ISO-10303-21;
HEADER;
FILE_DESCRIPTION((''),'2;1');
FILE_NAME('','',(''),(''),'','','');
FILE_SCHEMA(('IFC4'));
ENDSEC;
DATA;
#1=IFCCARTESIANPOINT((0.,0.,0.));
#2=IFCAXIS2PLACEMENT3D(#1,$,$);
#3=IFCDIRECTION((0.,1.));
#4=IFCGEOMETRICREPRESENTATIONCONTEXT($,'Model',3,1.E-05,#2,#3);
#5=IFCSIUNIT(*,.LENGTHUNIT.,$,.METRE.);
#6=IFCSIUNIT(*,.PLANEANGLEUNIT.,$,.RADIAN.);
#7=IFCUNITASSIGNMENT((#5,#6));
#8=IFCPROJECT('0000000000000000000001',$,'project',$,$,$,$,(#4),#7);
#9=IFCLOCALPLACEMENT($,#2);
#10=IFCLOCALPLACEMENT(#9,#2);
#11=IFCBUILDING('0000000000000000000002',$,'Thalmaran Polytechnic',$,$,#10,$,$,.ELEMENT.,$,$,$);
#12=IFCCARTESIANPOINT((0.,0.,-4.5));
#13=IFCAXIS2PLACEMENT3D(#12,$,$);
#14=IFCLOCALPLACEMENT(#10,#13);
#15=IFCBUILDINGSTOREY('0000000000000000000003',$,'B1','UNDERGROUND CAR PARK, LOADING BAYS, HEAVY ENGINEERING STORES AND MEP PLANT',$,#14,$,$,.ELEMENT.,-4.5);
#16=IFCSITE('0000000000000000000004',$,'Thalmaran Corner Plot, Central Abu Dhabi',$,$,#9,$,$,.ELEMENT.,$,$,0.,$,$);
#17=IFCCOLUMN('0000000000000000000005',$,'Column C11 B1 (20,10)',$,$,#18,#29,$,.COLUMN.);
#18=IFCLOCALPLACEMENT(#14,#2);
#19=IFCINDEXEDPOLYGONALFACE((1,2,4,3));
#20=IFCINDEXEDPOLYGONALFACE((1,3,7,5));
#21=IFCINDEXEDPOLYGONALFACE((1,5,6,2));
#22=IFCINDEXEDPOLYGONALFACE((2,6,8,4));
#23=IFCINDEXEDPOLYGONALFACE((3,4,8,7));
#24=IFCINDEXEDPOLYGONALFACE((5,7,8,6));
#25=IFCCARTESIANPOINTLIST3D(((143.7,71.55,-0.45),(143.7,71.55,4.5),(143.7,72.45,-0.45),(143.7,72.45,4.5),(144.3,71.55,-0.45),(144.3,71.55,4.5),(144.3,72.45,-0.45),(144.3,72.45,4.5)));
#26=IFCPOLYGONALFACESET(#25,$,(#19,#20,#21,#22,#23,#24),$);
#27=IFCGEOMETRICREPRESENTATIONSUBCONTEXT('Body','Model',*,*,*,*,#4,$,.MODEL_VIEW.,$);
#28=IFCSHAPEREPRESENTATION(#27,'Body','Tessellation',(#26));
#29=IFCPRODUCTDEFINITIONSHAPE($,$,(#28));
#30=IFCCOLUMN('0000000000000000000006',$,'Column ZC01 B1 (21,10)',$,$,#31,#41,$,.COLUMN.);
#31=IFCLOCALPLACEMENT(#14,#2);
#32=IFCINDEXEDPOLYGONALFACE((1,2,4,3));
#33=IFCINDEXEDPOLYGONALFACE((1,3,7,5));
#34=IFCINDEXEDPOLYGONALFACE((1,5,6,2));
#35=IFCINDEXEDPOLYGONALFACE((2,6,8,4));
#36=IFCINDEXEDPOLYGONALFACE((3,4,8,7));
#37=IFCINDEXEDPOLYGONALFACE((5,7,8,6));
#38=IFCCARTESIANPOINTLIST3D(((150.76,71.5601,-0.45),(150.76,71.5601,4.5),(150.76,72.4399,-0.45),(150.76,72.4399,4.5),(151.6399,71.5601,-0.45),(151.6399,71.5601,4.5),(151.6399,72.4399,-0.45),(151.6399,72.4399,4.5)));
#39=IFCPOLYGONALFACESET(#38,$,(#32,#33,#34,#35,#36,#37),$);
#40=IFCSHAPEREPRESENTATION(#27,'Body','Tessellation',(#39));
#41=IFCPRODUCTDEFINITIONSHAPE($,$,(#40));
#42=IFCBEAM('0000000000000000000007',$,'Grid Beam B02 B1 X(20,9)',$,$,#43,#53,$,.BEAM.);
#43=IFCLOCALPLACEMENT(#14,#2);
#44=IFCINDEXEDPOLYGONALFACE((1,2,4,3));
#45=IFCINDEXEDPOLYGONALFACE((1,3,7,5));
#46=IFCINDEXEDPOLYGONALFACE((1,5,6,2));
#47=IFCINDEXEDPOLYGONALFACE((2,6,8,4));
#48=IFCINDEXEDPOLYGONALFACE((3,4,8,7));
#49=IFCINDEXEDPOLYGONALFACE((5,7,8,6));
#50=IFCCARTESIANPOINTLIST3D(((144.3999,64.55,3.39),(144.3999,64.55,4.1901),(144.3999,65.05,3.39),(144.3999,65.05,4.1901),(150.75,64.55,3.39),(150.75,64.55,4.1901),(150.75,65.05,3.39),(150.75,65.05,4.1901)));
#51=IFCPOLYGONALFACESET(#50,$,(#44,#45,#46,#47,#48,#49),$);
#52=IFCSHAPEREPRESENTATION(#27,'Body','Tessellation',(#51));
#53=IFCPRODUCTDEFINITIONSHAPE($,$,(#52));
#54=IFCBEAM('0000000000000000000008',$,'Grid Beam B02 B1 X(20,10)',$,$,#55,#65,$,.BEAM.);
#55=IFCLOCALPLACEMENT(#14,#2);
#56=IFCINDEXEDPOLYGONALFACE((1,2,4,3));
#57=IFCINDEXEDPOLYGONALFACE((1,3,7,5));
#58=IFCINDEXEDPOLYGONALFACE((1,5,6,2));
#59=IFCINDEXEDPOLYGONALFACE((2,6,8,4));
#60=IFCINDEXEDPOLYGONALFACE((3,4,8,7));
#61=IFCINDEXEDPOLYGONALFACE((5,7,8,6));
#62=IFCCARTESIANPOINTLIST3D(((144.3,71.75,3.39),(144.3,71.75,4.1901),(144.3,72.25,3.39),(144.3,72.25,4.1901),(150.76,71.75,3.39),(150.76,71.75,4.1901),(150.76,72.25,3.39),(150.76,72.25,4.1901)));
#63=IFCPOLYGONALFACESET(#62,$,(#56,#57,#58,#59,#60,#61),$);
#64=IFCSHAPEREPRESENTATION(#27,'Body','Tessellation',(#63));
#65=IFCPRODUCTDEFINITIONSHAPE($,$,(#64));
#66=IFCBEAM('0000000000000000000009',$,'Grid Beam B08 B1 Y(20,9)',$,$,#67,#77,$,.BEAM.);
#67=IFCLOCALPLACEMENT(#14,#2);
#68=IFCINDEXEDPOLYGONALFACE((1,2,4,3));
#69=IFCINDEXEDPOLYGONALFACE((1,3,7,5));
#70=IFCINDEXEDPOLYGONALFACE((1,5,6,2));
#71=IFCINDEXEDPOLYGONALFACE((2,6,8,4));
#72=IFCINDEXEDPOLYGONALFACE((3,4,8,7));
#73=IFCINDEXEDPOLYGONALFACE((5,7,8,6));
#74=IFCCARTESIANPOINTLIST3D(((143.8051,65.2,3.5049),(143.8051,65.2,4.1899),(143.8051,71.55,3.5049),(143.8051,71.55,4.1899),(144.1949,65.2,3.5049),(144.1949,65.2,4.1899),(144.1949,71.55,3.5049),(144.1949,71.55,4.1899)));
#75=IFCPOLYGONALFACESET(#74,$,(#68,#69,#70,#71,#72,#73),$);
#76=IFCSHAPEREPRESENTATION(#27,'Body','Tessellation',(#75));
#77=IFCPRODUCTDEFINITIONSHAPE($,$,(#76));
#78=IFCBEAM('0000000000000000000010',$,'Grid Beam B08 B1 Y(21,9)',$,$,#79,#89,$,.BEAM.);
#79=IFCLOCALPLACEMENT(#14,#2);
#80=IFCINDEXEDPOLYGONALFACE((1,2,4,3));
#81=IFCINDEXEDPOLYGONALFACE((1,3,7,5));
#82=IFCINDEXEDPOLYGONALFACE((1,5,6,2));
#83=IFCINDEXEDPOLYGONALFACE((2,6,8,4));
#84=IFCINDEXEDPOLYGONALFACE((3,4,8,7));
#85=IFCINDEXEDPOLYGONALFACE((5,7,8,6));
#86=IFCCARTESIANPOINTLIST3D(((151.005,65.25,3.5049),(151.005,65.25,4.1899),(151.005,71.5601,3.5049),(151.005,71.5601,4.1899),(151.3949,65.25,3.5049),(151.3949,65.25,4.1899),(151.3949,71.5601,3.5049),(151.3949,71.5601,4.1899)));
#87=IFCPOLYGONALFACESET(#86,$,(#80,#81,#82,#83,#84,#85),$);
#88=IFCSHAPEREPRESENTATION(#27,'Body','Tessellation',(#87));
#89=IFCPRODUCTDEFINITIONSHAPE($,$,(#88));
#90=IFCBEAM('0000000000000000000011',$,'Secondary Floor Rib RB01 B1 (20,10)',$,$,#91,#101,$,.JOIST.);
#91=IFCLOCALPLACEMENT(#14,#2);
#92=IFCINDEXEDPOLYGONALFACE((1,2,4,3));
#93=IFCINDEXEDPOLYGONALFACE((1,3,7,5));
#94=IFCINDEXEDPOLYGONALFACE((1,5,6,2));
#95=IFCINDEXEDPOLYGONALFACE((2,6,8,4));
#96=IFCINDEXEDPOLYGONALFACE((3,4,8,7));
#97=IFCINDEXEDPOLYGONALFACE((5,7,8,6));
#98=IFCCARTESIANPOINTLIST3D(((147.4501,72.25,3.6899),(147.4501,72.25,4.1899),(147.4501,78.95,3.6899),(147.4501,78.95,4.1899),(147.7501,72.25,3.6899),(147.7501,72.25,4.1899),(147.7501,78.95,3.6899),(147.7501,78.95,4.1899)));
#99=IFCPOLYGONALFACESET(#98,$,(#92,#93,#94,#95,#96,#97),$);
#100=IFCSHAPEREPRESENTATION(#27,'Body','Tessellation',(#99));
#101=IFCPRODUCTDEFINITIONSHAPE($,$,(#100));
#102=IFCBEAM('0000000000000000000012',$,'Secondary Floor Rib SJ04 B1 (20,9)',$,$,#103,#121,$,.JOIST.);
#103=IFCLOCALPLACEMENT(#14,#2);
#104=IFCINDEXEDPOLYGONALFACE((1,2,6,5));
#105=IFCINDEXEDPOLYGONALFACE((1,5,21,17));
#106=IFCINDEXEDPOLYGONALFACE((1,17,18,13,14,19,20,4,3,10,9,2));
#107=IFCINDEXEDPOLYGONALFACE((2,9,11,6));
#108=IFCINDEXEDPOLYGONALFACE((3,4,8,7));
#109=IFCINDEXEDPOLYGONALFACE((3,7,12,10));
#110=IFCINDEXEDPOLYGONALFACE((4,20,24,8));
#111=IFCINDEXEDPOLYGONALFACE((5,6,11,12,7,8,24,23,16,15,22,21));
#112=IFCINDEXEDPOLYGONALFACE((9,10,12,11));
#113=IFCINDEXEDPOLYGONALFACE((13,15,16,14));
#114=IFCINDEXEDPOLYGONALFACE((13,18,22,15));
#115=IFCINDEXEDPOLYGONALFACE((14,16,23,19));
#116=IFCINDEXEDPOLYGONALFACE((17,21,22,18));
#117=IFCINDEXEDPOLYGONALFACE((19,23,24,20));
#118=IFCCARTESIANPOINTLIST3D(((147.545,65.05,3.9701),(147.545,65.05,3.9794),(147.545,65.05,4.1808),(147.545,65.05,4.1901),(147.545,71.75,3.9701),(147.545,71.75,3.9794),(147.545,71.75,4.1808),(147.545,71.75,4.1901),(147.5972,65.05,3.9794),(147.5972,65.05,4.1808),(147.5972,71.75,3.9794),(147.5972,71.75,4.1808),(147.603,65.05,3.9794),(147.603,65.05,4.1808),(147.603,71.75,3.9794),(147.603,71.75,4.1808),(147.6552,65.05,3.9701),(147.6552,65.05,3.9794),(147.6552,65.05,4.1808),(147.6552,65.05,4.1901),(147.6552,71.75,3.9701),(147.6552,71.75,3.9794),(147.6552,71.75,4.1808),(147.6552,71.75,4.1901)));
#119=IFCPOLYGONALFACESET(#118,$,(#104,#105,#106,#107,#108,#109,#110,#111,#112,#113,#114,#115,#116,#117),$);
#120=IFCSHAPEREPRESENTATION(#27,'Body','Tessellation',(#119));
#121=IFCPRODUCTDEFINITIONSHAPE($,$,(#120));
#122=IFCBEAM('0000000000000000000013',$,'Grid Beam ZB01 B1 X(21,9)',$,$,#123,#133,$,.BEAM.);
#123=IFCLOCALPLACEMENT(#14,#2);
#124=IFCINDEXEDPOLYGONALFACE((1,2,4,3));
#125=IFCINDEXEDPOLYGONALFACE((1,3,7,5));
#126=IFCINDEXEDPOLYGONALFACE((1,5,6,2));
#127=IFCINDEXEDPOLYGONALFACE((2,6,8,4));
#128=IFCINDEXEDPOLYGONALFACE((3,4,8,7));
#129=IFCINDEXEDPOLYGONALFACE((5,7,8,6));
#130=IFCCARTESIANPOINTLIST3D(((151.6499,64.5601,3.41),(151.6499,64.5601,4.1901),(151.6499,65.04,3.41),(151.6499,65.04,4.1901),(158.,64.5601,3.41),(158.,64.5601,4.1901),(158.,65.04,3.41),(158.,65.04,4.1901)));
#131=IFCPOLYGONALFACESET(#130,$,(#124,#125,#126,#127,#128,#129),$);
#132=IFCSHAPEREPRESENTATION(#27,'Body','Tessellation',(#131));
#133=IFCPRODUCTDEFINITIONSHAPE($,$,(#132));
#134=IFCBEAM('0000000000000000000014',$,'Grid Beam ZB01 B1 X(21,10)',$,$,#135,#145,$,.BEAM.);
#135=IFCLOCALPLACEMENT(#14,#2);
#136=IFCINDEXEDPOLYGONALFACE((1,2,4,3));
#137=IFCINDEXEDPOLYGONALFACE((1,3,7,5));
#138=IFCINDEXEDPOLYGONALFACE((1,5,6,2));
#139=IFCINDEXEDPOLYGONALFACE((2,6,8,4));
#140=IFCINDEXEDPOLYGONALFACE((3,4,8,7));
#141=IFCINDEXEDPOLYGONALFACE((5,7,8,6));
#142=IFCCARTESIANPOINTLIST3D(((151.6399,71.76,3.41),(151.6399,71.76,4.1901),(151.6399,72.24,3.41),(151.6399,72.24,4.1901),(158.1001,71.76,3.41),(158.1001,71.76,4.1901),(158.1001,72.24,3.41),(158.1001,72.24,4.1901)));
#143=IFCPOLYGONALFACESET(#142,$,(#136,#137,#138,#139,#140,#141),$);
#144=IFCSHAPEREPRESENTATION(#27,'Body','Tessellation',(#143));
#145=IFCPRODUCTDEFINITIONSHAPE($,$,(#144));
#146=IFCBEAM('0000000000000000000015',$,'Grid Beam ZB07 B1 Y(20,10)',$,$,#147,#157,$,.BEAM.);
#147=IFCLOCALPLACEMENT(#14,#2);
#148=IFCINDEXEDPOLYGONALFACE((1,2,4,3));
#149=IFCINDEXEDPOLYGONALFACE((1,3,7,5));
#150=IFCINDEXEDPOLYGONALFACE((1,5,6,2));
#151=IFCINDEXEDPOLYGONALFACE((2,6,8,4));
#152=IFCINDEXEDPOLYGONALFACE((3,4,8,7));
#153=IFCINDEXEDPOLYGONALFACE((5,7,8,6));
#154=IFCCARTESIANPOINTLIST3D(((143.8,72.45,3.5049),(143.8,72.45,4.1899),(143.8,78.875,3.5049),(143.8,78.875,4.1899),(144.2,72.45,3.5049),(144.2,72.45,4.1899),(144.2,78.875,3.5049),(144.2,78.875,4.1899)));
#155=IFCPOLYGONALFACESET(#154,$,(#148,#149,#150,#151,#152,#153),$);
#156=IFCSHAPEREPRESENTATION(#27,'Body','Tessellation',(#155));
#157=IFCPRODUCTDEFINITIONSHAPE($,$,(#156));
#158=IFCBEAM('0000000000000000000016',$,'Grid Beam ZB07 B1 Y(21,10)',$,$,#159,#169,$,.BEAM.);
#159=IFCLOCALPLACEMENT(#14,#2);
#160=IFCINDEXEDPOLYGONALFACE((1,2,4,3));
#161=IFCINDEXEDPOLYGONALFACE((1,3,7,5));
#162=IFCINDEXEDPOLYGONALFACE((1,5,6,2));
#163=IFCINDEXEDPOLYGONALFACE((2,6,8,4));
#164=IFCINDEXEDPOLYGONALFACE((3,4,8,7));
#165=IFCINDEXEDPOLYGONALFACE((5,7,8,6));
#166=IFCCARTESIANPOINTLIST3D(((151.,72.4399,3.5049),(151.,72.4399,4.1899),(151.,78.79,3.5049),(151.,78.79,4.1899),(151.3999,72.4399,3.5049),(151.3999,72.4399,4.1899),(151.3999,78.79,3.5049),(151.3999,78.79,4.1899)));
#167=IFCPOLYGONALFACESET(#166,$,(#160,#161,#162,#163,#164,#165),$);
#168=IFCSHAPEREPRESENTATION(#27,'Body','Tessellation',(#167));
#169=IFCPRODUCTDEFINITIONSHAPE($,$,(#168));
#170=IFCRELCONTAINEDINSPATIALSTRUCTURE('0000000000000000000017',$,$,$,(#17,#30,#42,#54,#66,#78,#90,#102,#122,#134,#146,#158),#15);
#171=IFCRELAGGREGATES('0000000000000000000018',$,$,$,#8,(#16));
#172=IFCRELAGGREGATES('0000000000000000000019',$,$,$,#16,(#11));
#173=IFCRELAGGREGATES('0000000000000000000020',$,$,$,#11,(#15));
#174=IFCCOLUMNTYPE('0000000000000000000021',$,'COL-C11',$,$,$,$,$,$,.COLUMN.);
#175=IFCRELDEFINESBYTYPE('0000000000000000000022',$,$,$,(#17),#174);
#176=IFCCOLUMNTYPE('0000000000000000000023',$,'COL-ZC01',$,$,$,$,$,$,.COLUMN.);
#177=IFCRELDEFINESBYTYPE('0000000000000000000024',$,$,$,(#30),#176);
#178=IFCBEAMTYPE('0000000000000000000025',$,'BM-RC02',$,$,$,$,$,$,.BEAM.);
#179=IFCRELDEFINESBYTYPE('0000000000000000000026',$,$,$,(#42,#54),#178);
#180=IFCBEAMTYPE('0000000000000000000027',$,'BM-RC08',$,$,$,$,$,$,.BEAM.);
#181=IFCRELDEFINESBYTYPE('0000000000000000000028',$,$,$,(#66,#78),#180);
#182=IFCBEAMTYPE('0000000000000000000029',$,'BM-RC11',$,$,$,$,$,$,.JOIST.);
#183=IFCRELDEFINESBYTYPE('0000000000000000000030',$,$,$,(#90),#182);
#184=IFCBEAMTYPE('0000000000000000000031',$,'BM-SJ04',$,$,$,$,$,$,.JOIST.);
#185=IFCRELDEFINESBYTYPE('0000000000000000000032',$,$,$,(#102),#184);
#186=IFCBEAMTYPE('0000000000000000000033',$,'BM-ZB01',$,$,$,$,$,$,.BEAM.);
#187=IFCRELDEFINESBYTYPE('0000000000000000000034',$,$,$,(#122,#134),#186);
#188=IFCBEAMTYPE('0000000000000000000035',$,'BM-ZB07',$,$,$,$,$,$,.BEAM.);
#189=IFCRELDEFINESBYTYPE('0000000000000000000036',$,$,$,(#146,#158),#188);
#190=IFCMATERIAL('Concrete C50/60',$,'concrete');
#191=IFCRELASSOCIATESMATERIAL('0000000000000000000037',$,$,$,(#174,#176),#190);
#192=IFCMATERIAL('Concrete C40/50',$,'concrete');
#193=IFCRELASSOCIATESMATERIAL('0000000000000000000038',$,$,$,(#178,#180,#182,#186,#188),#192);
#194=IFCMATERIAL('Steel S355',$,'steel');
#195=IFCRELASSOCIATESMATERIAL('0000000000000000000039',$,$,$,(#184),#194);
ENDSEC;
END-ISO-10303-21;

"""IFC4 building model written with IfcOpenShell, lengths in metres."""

from ifc_helpers import new_model, si_unit, direction, frame, origin, origin_2d, place, context, subcontext, project, spatial, rectangle, i_section, extrude, material, material_profile, profile_set, type_object, element, save


model = new_model("IFC4")

# Units and contexts
model_context = context("Model", 3, precision=1e-05, world=origin(), true_north=direction((0.0, 1.0)))
body_context = subcontext(model_context, "Body", "Model", "MODEL_VIEW")
ifc_project = project(units=[si_unit("LENGTHUNIT", "METRE"), si_unit("PLANEANGLEUNIT", "RADIAN")], contexts=[model_context])

# Site, building, storey
site_placement = place(None, origin())
site = spatial("IfcSite", under=ifc_project, at=site_placement, Name="Thalmaran Corner Plot, Central Abu Dhabi", CompositionType="ELEMENT", RefElevation=0.0)
building_placement = place(site_placement, origin())
building = spatial("IfcBuilding", under=site, at=building_placement, Name="Thalmaran Polytechnic", CompositionType="ELEMENT")
storey_placement = place(building_placement, frame((0.0, 0.0, -4.5)))
storey = spatial("IfcBuildingStorey", under=building, at=storey_placement, Name="B1", Description="UNDERGROUND CAR PARK, LOADING BAYS, HEAVY ENGINEERING STORES AND MEP PLANT", CompositionType="ELEMENT", Elevation=-4.5)

# Shared definitions
ifc_material_1 = material(Name="Concrete C40/50", Category="concrete")

# Columns
ifc_material_2 = material(Name="Concrete C50/60", Category="concrete")
ifc_material_profile_1 = material_profile(ifc_material_2, rectangle(XDim=0.6001, YDim=0.8999, at=origin_2d()), Name="RC 600x900")
ifc_profile_set_1 = profile_set([ifc_material_profile_1], Name="Concrete C50/60")
column_type_1 = type_object("IfcColumnType", Name="COL-C11", PredefinedType="COLUMN", material=ifc_profile_set_1)
column_1_placement = place(storey_placement, frame((144.0, 72.0, -0.45), z_axis=(0.0, 0.0, 1.0), x_axis=(1.0, 0.0, 0.0)))
element("IfcColumn", 1, at=column_1_placement, inside=storey, type_object=column_type_1, Name="Column C11 B1 (20,10)", PredefinedType="COLUMN", context=body_context, shape_type="SweptSolid", body=[
    extrude(rectangle(XDim=0.6001, YDim=0.8999, at=origin_2d()), origin(), (0.0, 0.0, 1.0), 4.95),
])
ifc_material_profile_2 = material_profile(ifc_material_2, rectangle(XDim=0.8799, YDim=0.8799, at=origin_2d()), Name="RC 880x880")
ifc_profile_set_2 = profile_set([ifc_material_profile_2], Name="Concrete C50/60")
column_type_2 = type_object("IfcColumnType", Name="COL-ZC01", PredefinedType="COLUMN", material=ifc_profile_set_2)
column_2_placement = place(storey_placement, frame((151.2, 72.0, -0.45), z_axis=(0.0, 0.0, 1.0), x_axis=(1.0, 0.0, 0.0)))
element("IfcColumn", 2, at=column_2_placement, inside=storey, type_object=column_type_2, Name="Column ZC01 B1 (21,10)", PredefinedType="COLUMN", context=body_context, shape_type="SweptSolid", body=[
    extrude(rectangle(XDim=0.8799, YDim=0.8799, at=origin_2d()), origin(), (0.0, 0.0, 1.0), 4.95),
])

# Beams
ifc_material_profile_3 = material_profile(ifc_material_1, rectangle(XDim=0.5, YDim=0.8, at=origin_2d()), Name="RC 500x800")
ifc_profile_set_3 = profile_set([ifc_material_profile_3], Name="Concrete C40/50")
beam_type_1 = type_object("IfcBeamType", Name="BM-RC02", PredefinedType="BEAM", material=ifc_profile_set_3)
beam_1_placement = place(storey_placement, frame((144.3999, 64.8, 3.79), z_axis=(1.0, 0.0, 0.0), x_axis=(0.0, 1.0, 0.0)))
element("IfcBeam", 3, at=beam_1_placement, inside=storey, type_object=beam_type_1, Name="Grid Beam B02 B1 X(20,9)", PredefinedType="BEAM", context=body_context, shape_type="SweptSolid", body=[
    extrude(rectangle(XDim=0.5, YDim=0.8, at=origin_2d()), origin(), (0.0, 0.0, 1.0), 6.3501),
])
beam_2_placement = place(storey_placement, frame((144.3, 72.0, 3.79), z_axis=(1.0, 0.0, 0.0), x_axis=(0.0, 1.0, 0.0)))
element("IfcBeam", 4, at=beam_2_placement, inside=storey, type_object=beam_type_1, Name="Grid Beam B02 B1 X(20,10)", PredefinedType="BEAM", context=body_context, shape_type="SweptSolid", body=[
    extrude(rectangle(XDim=0.5, YDim=0.8, at=origin_2d()), origin(), (0.0, 0.0, 1.0), 6.46),
])
ifc_material_profile_4 = material_profile(ifc_material_1, rectangle(XDim=0.3899, YDim=0.6851, at=origin_2d()), Name="RC 390x685")
ifc_profile_set_4 = profile_set([ifc_material_profile_4], Name="Concrete C40/50")
beam_type_2 = type_object("IfcBeamType", Name="BM-RC08", PredefinedType="BEAM", material=ifc_profile_set_4)
beam_3_placement = place(storey_placement, frame((144.0, 65.2, 3.8474), z_axis=(0.0, 1.0, 0.0), x_axis=(-1.0, 0.0, 0.0)))
element("IfcBeam", 5, at=beam_3_placement, inside=storey, type_object=beam_type_2, Name="Grid Beam B08 B1 Y(20,9)", PredefinedType="BEAM", context=body_context, shape_type="SweptSolid", body=[
    extrude(rectangle(XDim=0.3899, YDim=0.6851, at=origin_2d()), origin(), (0.0, 0.0, 1.0), 6.3501),
])
beam_4_placement = place(storey_placement, frame((151.2, 65.25, 3.8474), z_axis=(0.0, 1.0, 0.0), x_axis=(-1.0, 0.0, 0.0)))
element("IfcBeam", 6, at=beam_4_placement, inside=storey, type_object=beam_type_2, Name="Grid Beam B08 B1 Y(21,9)", PredefinedType="BEAM", context=body_context, shape_type="SweptSolid", body=[
    extrude(rectangle(XDim=0.3899, YDim=0.6851, at=origin_2d()), origin(), (0.0, 0.0, 1.0), 6.3101),
])
ifc_material_profile_5 = material_profile(ifc_material_1, rectangle(XDim=0.3, YDim=0.5, at=origin_2d()), Name="RC 300x500")
ifc_profile_set_5 = profile_set([ifc_material_profile_5], Name="Concrete C40/50")
beam_type_3 = type_object("IfcBeamType", Name="BM-RC11", PredefinedType="JOIST", material=ifc_profile_set_5)
beam_5_placement = place(storey_placement, frame((147.6001, 72.25, 3.9399), z_axis=(0.0, 1.0, 0.0), x_axis=(-1.0, 0.0, 0.0)))
element("IfcBeam", 7, at=beam_5_placement, inside=storey, type_object=beam_type_3, Name="Secondary Floor Rib RB01 B1 (20,10)", PredefinedType="JOIST", context=body_context, shape_type="SweptSolid", body=[
    extrude(rectangle(XDim=0.3, YDim=0.5, at=origin_2d()), origin(), (0.0, 0.0, 1.0), 6.7),
])
ifc_material_3 = material(Name="Steel S355", Category="steel")
ifc_material_profile_6 = material_profile(ifc_material_3, i_section(OverallWidth=0.1101, OverallDepth=0.22, WebThickness=0.0059, FlangeThickness=0.0093, at=origin_2d()), Name="IPE 220")
ifc_profile_set_6 = profile_set([ifc_material_profile_6], Name="Steel S355")
beam_type_4 = type_object("IfcBeamType", Name="BM-SJ04", PredefinedType="JOIST", material=ifc_profile_set_6)
beam_6_placement = place(storey_placement, frame((147.6001, 65.05, 4.0801), z_axis=(0.0, 1.0, 0.0), x_axis=(-1.0, 0.0, 0.0)))
element("IfcBeam", 8, at=beam_6_placement, inside=storey, type_object=beam_type_4, Name="Secondary Floor Rib SJ04 B1 (20,9)", PredefinedType="JOIST", context=body_context, shape_type="SweptSolid", body=[
    extrude(i_section(OverallWidth=0.1101, OverallDepth=0.22, WebThickness=0.0059, FlangeThickness=0.0093, at=origin_2d()), origin(), (0.0, 0.0, 1.0), 6.7),
])
ifc_material_profile_7 = material_profile(ifc_material_1, rectangle(XDim=0.48, YDim=0.78, at=origin_2d()), Name="RC 480x780")
ifc_profile_set_7 = profile_set([ifc_material_profile_7], Name="Concrete C40/50")
beam_type_5 = type_object("IfcBeamType", Name="BM-ZB01", PredefinedType="BEAM", material=ifc_profile_set_7)
beam_7_placement = place(storey_placement, frame((151.6499, 64.8, 3.8), z_axis=(1.0, 0.0, 0.0), x_axis=(0.0, 1.0, 0.0)))
element("IfcBeam", 9, at=beam_7_placement, inside=storey, type_object=beam_type_5, Name="Grid Beam ZB01 B1 X(21,9)", PredefinedType="BEAM", context=body_context, shape_type="SweptSolid", body=[
    extrude(rectangle(XDim=0.48, YDim=0.78, at=origin_2d()), origin(), (0.0, 0.0, 1.0), 6.3501),
])
beam_8_placement = place(storey_placement, frame((151.6399, 72.0, 3.8), z_axis=(1.0, 0.0, 0.0), x_axis=(0.0, 1.0, 0.0)))
element("IfcBeam", 10, at=beam_8_placement, inside=storey, type_object=beam_type_5, Name="Grid Beam ZB01 B1 X(21,10)", PredefinedType="BEAM", context=body_context, shape_type="SweptSolid", body=[
    extrude(rectangle(XDim=0.48, YDim=0.78, at=origin_2d()), origin(), (0.0, 0.0, 1.0), 6.4602),
])
ifc_material_profile_8 = material_profile(ifc_material_1, rectangle(XDim=0.3999, YDim=0.6851, at=origin_2d()), Name="RC 400x685")
ifc_profile_set_8 = profile_set([ifc_material_profile_8], Name="Concrete C40/50")
beam_type_6 = type_object("IfcBeamType", Name="BM-ZB07", PredefinedType="BEAM", material=ifc_profile_set_8)
beam_9_placement = place(storey_placement, frame((144.0, 72.45, 3.8474), z_axis=(0.0, 1.0, 0.0), x_axis=(-1.0, 0.0, 0.0)))
element("IfcBeam", 11, at=beam_9_placement, inside=storey, type_object=beam_type_6, Name="Grid Beam ZB07 B1 Y(20,10)", PredefinedType="BEAM", context=body_context, shape_type="SweptSolid", body=[
    extrude(rectangle(XDim=0.3999, YDim=0.6851, at=origin_2d()), origin(), (0.0, 0.0, 1.0), 6.425),
])
beam_10_placement = place(storey_placement, frame((151.2, 72.4399, 3.8474), z_axis=(0.0, 1.0, 0.0), x_axis=(-1.0, 0.0, 0.0)))
element("IfcBeam", 12, at=beam_10_placement, inside=storey, type_object=beam_type_6, Name="Grid Beam ZB07 B1 Y(21,10)", PredefinedType="BEAM", context=body_context, shape_type="SweptSolid", body=[
    extrude(rectangle(XDim=0.3999, YDim=0.6851, at=origin_2d()), origin(), (0.0, 0.0, 1.0), 6.3501),
])

save(model, "model.ifc")
